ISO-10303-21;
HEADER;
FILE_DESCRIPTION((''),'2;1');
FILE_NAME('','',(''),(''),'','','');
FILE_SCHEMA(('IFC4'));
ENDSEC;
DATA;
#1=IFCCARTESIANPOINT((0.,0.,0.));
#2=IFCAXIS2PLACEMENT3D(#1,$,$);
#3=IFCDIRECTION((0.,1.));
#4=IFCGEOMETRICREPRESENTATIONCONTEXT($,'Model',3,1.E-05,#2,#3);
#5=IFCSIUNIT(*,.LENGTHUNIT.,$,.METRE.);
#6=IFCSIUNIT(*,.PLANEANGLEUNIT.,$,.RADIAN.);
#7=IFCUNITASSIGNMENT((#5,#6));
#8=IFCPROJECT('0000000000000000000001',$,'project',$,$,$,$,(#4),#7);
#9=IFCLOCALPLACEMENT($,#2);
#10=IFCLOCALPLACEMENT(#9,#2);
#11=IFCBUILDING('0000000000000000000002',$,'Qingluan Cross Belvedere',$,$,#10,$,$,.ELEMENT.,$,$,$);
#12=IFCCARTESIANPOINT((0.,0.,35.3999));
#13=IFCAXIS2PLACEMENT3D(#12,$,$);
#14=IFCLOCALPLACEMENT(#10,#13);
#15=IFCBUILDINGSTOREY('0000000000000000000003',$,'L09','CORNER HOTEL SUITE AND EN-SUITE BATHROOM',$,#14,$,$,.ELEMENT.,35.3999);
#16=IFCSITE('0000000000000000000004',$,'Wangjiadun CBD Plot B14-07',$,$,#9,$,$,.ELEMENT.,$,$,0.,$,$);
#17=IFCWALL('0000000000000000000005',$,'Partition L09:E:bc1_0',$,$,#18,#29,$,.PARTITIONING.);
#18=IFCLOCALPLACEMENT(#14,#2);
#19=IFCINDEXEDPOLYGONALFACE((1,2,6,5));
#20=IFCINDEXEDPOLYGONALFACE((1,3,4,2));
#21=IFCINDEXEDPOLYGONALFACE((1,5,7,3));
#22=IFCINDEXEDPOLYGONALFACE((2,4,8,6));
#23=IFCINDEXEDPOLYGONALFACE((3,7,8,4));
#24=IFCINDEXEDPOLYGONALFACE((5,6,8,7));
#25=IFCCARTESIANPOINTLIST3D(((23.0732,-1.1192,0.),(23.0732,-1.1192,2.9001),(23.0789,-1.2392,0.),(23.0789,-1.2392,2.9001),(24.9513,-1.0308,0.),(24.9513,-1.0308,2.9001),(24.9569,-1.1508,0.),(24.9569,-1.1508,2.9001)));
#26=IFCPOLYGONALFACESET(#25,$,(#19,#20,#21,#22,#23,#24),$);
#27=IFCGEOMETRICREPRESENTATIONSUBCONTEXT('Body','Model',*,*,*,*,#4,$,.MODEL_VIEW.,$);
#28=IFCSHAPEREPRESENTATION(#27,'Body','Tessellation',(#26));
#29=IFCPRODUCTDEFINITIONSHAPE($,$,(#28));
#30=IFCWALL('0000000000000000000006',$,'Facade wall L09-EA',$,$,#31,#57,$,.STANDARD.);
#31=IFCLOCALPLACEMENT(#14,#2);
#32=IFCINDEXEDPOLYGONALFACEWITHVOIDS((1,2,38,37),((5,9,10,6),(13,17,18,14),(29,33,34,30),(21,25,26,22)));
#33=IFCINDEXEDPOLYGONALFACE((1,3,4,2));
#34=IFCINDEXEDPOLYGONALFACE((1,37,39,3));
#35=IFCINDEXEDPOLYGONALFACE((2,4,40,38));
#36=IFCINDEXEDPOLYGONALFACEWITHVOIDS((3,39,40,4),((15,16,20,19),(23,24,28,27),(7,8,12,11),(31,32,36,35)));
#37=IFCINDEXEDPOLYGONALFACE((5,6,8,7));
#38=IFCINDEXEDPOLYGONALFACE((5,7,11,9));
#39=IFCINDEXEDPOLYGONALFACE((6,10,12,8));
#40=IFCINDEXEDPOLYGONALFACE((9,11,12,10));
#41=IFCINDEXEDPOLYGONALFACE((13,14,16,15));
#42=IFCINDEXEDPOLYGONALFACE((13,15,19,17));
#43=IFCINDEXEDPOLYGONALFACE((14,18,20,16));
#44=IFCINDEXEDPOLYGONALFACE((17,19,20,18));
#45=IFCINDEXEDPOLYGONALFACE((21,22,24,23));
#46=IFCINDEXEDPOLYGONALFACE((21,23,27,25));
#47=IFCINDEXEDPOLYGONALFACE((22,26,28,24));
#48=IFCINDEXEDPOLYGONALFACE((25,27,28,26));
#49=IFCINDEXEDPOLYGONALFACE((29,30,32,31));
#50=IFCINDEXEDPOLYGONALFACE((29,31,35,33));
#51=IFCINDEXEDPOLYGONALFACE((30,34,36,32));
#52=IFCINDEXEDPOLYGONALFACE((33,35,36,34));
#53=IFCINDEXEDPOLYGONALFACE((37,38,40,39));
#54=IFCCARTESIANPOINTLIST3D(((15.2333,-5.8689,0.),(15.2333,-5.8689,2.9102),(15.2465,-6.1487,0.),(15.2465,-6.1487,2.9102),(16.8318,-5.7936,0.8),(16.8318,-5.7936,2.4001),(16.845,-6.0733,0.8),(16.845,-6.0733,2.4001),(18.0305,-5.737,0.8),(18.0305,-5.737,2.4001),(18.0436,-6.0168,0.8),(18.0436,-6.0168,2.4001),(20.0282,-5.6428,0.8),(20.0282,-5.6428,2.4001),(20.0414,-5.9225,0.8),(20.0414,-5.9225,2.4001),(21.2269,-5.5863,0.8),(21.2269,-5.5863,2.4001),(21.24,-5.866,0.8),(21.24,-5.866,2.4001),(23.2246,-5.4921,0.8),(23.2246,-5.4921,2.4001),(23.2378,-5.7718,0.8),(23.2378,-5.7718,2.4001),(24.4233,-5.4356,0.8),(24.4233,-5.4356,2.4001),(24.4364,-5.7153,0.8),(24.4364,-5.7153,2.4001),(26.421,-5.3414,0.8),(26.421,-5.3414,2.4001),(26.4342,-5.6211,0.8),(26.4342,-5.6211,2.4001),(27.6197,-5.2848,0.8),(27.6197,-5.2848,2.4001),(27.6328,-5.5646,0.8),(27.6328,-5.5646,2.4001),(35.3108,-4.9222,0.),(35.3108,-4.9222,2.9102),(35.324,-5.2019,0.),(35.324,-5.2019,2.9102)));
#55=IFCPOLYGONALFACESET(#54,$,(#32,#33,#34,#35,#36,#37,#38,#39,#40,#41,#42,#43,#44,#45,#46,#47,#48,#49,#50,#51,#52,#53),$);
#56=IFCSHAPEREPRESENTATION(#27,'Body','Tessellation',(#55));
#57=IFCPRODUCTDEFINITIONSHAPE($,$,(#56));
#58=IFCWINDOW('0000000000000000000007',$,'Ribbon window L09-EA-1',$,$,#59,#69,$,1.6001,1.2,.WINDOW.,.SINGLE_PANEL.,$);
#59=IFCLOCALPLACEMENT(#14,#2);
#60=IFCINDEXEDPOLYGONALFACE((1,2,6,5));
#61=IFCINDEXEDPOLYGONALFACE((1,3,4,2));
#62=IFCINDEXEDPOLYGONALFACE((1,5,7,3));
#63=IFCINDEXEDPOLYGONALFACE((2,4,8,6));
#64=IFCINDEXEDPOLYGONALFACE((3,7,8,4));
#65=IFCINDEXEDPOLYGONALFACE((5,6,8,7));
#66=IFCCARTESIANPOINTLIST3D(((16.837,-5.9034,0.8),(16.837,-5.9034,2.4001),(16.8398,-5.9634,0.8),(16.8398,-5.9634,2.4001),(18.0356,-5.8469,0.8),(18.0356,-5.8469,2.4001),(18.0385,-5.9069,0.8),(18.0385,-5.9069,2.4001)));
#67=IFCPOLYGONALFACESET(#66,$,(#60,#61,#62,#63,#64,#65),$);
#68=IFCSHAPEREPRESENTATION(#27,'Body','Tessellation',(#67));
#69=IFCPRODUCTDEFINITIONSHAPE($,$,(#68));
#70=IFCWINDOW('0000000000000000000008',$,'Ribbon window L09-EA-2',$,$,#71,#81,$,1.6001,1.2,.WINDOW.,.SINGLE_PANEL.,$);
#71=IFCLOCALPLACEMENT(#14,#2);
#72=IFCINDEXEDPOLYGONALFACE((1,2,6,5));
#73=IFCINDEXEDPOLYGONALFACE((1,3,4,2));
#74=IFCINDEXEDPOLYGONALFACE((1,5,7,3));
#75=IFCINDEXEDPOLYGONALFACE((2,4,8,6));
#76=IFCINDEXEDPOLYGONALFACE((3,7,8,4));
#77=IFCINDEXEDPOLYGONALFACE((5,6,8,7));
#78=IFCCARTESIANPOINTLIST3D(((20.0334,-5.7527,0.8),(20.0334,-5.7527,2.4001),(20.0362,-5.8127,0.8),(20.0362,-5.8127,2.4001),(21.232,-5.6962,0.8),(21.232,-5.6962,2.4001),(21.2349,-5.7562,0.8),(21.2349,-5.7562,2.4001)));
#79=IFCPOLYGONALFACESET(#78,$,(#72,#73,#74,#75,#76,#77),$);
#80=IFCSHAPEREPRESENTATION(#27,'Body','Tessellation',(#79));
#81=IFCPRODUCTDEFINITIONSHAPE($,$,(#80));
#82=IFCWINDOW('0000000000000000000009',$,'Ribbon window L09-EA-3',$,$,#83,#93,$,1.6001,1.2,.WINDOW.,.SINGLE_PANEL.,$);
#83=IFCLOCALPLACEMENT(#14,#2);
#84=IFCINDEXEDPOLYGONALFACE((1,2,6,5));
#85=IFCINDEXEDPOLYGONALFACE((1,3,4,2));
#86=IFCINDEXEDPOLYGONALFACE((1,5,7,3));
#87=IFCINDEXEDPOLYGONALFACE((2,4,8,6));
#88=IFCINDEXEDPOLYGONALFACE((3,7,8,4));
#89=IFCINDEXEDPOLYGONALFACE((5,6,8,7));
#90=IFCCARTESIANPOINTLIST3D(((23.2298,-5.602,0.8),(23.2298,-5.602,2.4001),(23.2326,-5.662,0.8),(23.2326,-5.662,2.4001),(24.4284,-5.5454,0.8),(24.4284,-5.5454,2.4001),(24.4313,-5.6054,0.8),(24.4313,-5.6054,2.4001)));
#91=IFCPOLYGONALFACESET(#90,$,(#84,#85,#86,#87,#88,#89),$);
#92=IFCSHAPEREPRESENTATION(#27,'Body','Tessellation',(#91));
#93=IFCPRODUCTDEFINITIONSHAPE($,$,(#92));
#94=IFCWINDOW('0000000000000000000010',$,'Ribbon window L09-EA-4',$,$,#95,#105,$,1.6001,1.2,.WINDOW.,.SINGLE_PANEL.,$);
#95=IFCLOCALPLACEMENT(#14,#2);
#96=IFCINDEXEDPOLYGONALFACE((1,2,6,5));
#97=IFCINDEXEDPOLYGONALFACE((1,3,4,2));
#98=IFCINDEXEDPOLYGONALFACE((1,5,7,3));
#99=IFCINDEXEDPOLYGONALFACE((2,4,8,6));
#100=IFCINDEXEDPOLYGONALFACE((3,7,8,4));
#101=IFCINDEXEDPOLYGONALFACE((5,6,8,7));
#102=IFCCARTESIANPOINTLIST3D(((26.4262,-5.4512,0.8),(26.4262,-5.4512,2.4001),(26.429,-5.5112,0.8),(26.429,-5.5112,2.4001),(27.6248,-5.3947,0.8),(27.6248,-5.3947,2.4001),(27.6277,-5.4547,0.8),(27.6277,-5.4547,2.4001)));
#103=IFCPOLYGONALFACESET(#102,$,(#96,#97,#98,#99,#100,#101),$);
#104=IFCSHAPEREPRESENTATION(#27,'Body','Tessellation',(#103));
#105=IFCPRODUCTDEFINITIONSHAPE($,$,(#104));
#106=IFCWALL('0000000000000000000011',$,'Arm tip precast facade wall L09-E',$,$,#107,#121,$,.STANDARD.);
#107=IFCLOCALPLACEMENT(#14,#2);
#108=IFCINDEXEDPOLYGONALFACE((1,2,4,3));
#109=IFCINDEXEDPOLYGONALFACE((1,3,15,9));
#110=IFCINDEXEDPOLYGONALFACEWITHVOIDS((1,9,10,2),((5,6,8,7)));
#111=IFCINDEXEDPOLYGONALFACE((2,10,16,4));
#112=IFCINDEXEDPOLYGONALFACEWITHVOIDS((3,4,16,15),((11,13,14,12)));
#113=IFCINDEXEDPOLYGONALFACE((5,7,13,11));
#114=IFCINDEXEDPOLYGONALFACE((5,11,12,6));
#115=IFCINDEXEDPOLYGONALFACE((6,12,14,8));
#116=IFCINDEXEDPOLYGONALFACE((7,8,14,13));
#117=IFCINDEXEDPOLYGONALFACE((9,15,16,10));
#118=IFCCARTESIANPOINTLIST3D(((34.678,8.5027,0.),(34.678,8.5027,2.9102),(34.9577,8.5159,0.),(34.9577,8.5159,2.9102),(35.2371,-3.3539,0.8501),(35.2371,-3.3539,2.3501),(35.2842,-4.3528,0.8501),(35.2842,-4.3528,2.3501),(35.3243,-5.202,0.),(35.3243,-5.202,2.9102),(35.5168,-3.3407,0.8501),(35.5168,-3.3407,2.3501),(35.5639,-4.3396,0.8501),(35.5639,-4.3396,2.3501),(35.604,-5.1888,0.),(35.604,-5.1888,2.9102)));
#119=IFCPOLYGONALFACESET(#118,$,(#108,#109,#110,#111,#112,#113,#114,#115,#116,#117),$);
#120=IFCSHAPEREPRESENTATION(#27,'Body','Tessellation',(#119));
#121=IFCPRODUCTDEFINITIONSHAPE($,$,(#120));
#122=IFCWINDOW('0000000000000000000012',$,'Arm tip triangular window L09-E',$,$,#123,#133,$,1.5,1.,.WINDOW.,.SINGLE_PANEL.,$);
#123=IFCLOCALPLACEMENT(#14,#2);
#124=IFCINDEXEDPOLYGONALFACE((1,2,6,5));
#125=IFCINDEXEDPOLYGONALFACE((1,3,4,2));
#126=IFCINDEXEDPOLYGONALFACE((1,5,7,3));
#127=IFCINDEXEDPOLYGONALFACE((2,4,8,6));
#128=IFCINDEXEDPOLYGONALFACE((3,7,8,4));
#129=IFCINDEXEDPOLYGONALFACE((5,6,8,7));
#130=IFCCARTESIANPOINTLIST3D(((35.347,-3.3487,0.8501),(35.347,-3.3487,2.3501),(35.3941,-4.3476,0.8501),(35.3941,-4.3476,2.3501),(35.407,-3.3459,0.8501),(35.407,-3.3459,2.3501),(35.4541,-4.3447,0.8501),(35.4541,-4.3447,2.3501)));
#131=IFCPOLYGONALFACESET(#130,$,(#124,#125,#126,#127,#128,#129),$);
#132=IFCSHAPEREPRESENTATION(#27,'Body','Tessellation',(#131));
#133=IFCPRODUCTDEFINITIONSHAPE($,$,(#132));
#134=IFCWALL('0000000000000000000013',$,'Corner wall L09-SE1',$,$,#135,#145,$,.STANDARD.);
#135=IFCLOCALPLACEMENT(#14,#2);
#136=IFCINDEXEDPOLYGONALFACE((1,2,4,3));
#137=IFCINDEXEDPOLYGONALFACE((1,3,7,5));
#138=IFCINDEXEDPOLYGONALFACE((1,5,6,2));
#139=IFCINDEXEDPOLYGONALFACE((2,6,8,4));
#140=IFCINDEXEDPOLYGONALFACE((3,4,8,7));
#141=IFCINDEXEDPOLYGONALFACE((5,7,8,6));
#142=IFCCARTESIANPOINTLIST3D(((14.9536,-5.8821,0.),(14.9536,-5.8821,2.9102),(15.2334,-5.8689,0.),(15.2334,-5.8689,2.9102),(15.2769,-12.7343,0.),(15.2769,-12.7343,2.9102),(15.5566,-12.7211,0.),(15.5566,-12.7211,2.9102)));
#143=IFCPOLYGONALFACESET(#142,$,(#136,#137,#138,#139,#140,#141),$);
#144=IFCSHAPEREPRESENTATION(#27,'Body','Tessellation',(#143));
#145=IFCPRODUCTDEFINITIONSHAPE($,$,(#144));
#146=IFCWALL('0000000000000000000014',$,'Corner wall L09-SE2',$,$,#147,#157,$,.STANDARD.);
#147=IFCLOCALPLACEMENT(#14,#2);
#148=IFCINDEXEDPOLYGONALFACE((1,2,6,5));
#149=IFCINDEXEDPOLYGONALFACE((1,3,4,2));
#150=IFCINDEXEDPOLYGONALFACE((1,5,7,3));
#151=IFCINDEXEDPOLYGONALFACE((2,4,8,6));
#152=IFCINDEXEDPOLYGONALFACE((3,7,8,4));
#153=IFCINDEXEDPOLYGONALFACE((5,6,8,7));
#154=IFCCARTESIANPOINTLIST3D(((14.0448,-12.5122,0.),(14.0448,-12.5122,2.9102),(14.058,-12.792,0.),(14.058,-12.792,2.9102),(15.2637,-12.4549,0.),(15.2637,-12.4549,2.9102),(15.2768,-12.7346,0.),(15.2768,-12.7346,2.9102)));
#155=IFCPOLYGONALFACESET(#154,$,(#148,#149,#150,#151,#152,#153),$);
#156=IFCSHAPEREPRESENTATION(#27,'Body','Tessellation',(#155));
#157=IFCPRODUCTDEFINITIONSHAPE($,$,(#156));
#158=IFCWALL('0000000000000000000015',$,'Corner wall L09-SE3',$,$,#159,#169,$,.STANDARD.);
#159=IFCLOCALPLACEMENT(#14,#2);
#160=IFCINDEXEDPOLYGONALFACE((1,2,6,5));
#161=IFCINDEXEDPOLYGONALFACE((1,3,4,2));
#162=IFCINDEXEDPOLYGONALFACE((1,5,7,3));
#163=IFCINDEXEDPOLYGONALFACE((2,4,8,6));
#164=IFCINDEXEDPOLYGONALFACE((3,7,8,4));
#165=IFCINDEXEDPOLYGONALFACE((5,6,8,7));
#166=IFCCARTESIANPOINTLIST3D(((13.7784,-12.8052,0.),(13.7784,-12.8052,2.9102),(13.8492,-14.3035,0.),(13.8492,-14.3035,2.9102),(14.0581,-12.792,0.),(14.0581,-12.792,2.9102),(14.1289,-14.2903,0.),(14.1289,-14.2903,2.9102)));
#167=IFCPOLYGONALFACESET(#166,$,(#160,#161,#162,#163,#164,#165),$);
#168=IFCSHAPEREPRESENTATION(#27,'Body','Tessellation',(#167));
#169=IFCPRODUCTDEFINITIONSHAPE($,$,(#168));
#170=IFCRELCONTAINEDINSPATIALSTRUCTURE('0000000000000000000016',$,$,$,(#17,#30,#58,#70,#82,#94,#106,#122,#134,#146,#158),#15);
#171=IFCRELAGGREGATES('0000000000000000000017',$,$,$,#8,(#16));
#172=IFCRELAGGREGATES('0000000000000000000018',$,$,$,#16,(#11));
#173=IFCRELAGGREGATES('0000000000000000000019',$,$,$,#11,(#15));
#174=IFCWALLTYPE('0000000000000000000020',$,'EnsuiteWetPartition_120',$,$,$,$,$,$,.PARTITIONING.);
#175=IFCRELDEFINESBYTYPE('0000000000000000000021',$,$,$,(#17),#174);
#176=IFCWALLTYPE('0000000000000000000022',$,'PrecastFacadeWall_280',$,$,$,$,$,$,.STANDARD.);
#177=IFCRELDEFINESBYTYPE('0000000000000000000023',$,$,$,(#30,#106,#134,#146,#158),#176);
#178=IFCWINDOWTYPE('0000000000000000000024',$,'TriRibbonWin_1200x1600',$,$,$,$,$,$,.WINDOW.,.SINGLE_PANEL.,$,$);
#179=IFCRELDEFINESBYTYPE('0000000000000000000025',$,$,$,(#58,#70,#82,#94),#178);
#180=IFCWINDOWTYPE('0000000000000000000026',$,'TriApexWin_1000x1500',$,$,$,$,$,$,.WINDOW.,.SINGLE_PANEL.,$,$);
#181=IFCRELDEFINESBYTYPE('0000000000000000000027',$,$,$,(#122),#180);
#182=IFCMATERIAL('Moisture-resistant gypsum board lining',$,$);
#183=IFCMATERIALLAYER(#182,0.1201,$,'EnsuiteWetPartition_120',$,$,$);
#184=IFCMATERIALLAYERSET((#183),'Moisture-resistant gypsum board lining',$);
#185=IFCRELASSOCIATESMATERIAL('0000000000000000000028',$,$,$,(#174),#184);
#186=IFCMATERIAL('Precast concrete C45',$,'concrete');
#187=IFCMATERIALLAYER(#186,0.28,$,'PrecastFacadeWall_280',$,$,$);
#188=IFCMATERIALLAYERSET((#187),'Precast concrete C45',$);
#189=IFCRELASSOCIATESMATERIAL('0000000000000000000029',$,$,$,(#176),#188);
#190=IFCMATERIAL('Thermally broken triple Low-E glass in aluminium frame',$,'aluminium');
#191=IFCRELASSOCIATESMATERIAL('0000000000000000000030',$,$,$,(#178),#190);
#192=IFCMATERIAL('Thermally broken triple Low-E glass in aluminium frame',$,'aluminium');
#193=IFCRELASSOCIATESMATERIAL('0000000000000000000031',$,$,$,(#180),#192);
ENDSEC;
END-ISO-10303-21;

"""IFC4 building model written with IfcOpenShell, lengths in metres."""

from ifc_helpers import new_model, si_unit, direction, frame, frame_2d, origin, place, context, subcontext, project, spatial, rectangle, extrude, material, layer, layer_set, type_object, element, fill, save


model = new_model("IFC4")

# Units and contexts
model_context = context("Model", 3, precision=1e-05, world=origin(), true_north=direction((0.0, 1.0)))
body_context = subcontext(model_context, "Body", "Model", "MODEL_VIEW")
ifc_project = project(units=[si_unit("LENGTHUNIT", "METRE"), si_unit("PLANEANGLEUNIT", "RADIAN")], contexts=[model_context])

# Site, building, storey
site_placement = place(None, origin())
site = spatial("IfcSite", under=ifc_project, at=site_placement, Name="Wangjiadun CBD Plot B14-07", CompositionType="ELEMENT", RefElevation=0.0)
building_placement = place(site_placement, origin())
building = spatial("IfcBuilding", under=site, at=building_placement, Name="Qingluan Cross Belvedere", CompositionType="ELEMENT")
storey_placement = place(building_placement, frame((0.0, 0.0, 35.3999)))
storey = spatial("IfcBuildingStorey", under=building, at=storey_placement, Name="L09", Description="CORNER HOTEL SUITE AND EN-SUITE BATHROOM", CompositionType="ELEMENT", Elevation=35.3999)

# Shared definitions
ifc_material_1 = material(Name="Moisture-resistant gypsum board lining")
ifc_layer_1 = layer(ifc_material_1, 0.1201, Name="EnsuiteWetPartition_120")
ifc_layer_set_1 = layer_set([ifc_layer_1], Name="Moisture-resistant gypsum board lining")
wall_type_1 = type_object("IfcWallType", Name="EnsuiteWetPartition_120", PredefinedType="PARTITIONING", material=ifc_layer_set_1)

# Wall
wall_1_placement = place(storey_placement, frame((23.0762, -1.1792, 0.0), z_axis=(0.0, 0.0, 1.0), x_axis=(0.998894, 0.04701, 0.0)))
element("IfcWall", 1, at=wall_1_placement, inside=storey, type_object=wall_type_1, Name="Partition L09:E:bc1_0", PredefinedType="PARTITIONING", context=body_context, shape_type="SweptSolid", body=[
    extrude(rectangle(XDim=1.8801, YDim=0.1201, at=frame_2d((0.9399, 0.0))), origin(), (0.0, 0.0, 1.0), 2.9001),
])

# Wall, openings, windows
ifc_material_2 = material(Name="Precast concrete C45", Category="concrete")
ifc_layer_2 = layer(ifc_material_2, 0.28, Name="PrecastFacadeWall_280")
ifc_layer_set_2 = layer_set([ifc_layer_2], Name="Precast concrete C45")
wall_type_2 = type_object("IfcWallType", Name="PrecastFacadeWall_280", PredefinedType="STANDARD", material=ifc_layer_set_2)
wall_2_placement = place(storey_placement, frame((15.24, -6.0088, 0.0), z_axis=(0.0, 0.0, 1.0), x_axis=(0.99889, 0.047103, 0.0)))
wall_2 = element("IfcWall", 2, at=wall_2_placement, inside=storey, type_object=wall_type_2, Name="Facade wall L09-EA", PredefinedType="STANDARD", context=body_context, shape_type="SweptSolid", body=[
    extrude(rectangle(XDim=20.0999, YDim=0.28, at=frame_2d((10.0498, 0.0))), origin(), (0.0, 0.0, 1.0), 2.9102),
])
opening_1_placement = place(wall_2_placement, frame((1.6001, 0.0, 0.8)))
opening_1 = element("IfcOpeningElement", 3, at=opening_1_placement, cuts=wall_2, PredefinedType="OPENING", context=body_context, shape_type="SweptSolid", body=[
    extrude(rectangle(XDim=1.2, YDim=1.6001, at=frame_2d((0.6001, 0.8))), frame((0.0, 0.1499, 0.0), z_axis=(0.0, -1.0, 0.0), x_axis=(1.0, 0.0, 0.0)), (0.0, 0.0, 1.0), 0.3),
])
opening_2_placement = place(wall_2_placement, frame((4.8, 0.0, 0.8)))
opening_2 = element("IfcOpeningElement", 4, at=opening_2_placement, cuts=wall_2, PredefinedType="OPENING", context=body_context, shape_type="SweptSolid", body=[
    extrude(rectangle(XDim=1.2, YDim=1.6001, at=frame_2d((0.6001, 0.8))), frame((0.0, 0.1499, 0.0), z_axis=(0.0, -1.0, 0.0), x_axis=(1.0, 0.0, 0.0)), (0.0, 0.0, 1.0), 0.3),
])
opening_3_placement = place(wall_2_placement, frame((8.0, 0.0, 0.8)))
opening_3 = element("IfcOpeningElement", 5, at=opening_3_placement, cuts=wall_2, PredefinedType="OPENING", context=body_context, shape_type="SweptSolid", body=[
    extrude(rectangle(XDim=1.2, YDim=1.6001, at=frame_2d((0.6001, 0.8))), frame((0.0, 0.1499, 0.0), z_axis=(0.0, -1.0, 0.0), x_axis=(1.0, 0.0, 0.0)), (0.0, 0.0, 1.0), 0.3),
])
opening_4_placement = place(wall_2_placement, frame((11.2, 0.0, 0.8)))
opening_4 = element("IfcOpeningElement", 6, at=opening_4_placement, cuts=wall_2, PredefinedType="OPENING", context=body_context, shape_type="SweptSolid", body=[
    extrude(rectangle(XDim=1.2, YDim=1.6001, at=frame_2d((0.6001, 0.8))), frame((0.0, 0.1499, 0.0), z_axis=(0.0, -1.0, 0.0), x_axis=(1.0, 0.0, 0.0)), (0.0, 0.0, 1.0), 0.3),
])
ifc_material_3 = material(Name="Thermally broken triple Low-E glass in aluminium frame", Category="aluminium")
window_type_1 = type_object("IfcWindowType", Name="TriRibbonWin_1200x1600", PartitioningType="SINGLE_PANEL", PredefinedType="WINDOW", material=ifc_material_3)
window_1_placement = place(opening_1_placement, origin())
window_1 = element("IfcWindow", 7, at=window_1_placement, inside=storey, type_object=window_type_1, Name="Ribbon window L09-EA-1", OverallHeight=1.6001, OverallWidth=1.2, PartitioningType="SINGLE_PANEL", PredefinedType="WINDOW", context=body_context, shape_type="SweptSolid", body=[
    extrude(rectangle(XDim=1.2, YDim=1.6001, at=frame_2d((0.6001, 0.8))), frame((0.0, 0.03, 0.0), z_axis=(0.0, -1.0, 0.0), x_axis=(1.0, 0.0, 0.0)), (0.0, 0.0, 1.0), 0.0601),
])
fill(opening_1, window_1)
window_2_placement = place(opening_2_placement, origin())
window_2 = element("IfcWindow", 8, at=window_2_placement, inside=storey, type_object=window_type_1, Name="Ribbon window L09-EA-2", OverallHeight=1.6001, OverallWidth=1.2, PartitioningType="SINGLE_PANEL", PredefinedType="WINDOW", context=body_context, shape_type="SweptSolid", body=[
    extrude(rectangle(XDim=1.2, YDim=1.6001, at=frame_2d((0.6001, 0.8))), frame((0.0, 0.03, 0.0), z_axis=(0.0, -1.0, 0.0), x_axis=(1.0, 0.0, 0.0)), (0.0, 0.0, 1.0), 0.0601),
])
fill(opening_2, window_2)
window_3_placement = place(opening_3_placement, origin())
window_3 = element("IfcWindow", 9, at=window_3_placement, inside=storey, type_object=window_type_1, Name="Ribbon window L09-EA-3", OverallHeight=1.6001, OverallWidth=1.2, PartitioningType="SINGLE_PANEL", PredefinedType="WINDOW", context=body_context, shape_type="SweptSolid", body=[
    extrude(rectangle(XDim=1.2, YDim=1.6001, at=frame_2d((0.6001, 0.8))), frame((0.0, 0.03, 0.0), z_axis=(0.0, -1.0, 0.0), x_axis=(1.0, 0.0, 0.0)), (0.0, 0.0, 1.0), 0.0601),
])
fill(opening_3, window_3)
window_4_placement = place(opening_4_placement, origin())
window_4 = element("IfcWindow", 10, at=window_4_placement, inside=storey, type_object=window_type_1, Name="Ribbon window L09-EA-4", OverallHeight=1.6001, OverallWidth=1.2, PartitioningType="SINGLE_PANEL", PredefinedType="WINDOW", context=body_context, shape_type="SweptSolid", body=[
    extrude(rectangle(XDim=1.2, YDim=1.6001, at=frame_2d((0.6001, 0.8))), frame((0.0, 0.03, 0.0), z_axis=(0.0, -1.0, 0.0), x_axis=(1.0, 0.0, 0.0)), (0.0, 0.0, 1.0), 0.0601),
])
fill(opening_4, window_4)

# Wall, opening, window
wall_3_placement = place(storey_placement, frame((35.4641, -5.1953, 0.0), z_axis=(0.0, 0.0, 1.0), x_axis=(-0.047102, 0.99889, 0.0)))
wall_3 = element("IfcWall", 11, at=wall_3_placement, inside=storey, type_object=wall_type_2, Name="Arm tip precast facade wall L09-E", PredefinedType="STANDARD", context=body_context, shape_type="SweptSolid", body=[
    extrude(rectangle(XDim=13.72, YDim=0.28, at=frame_2d((6.8599, 0.0))), origin(), (0.0, 0.0, 1.0), 2.9102),
])
opening_5_placement = place(wall_3_placement, frame((0.8501, 0.0, 0.8501)))
opening_5 = element("IfcOpeningElement", 12, at=opening_5_placement, cuts=wall_3, PredefinedType="OPENING", context=body_context, shape_type="SweptSolid", body=[
    extrude(rectangle(XDim=1.0, YDim=1.5, at=frame_2d((0.5, 0.75))), frame((0.0, 0.1499, 0.0), z_axis=(0.0, -1.0, 0.0), x_axis=(1.0, 0.0, 0.0)), (0.0, 0.0, 1.0), 0.3),
])
ifc_material_4 = material(Name="Thermally broken triple Low-E glass in aluminium frame", Category="aluminium")
window_type_2 = type_object("IfcWindowType", Name="TriApexWin_1000x1500", PartitioningType="SINGLE_PANEL", PredefinedType="WINDOW", material=ifc_material_4)
window_5_placement = place(opening_5_placement, origin())
window_5 = element("IfcWindow", 13, at=window_5_placement, inside=storey, type_object=window_type_2, Name="Arm tip triangular window L09-E", OverallHeight=1.5, OverallWidth=1.0, PartitioningType="SINGLE_PANEL", PredefinedType="WINDOW", context=body_context, shape_type="SweptSolid", body=[
    extrude(rectangle(XDim=1.0, YDim=1.5, at=frame_2d((0.5, 0.75))), frame((0.0, 0.03, 0.0), z_axis=(0.0, -1.0, 0.0), x_axis=(1.0, 0.0, 0.0)), (0.0, 0.0, 1.0), 0.0601),
])
fill(opening_5, window_5)

# Walls
wall_4_placement = place(storey_placement, frame((15.0935, -5.8755, 0.0), z_axis=(0.0, 0.0, 1.0), x_axis=(0.04712, -0.998889, 0.0)))
element("IfcWall", 14, at=wall_4_placement, inside=storey, type_object=wall_type_2, Name="Corner wall L09-SE1", PredefinedType="STANDARD", context=body_context, shape_type="SweptSolid", body=[
    extrude(rectangle(XDim=6.8599, YDim=0.28, at=frame_2d((3.4299, 0.0))), origin(), (0.0, 0.0, 1.0), 2.9102),
])
wall_5_placement = place(storey_placement, frame((15.2703, -12.5947, 0.0), z_axis=(0.0, 0.0, 1.0), x_axis=(-0.998894, -0.047023, 0.0)))
element("IfcWall", 15, at=wall_5_placement, inside=storey, type_object=wall_type_2, Name="Corner wall L09-SE2", PredefinedType="STANDARD", context=body_context, shape_type="SweptSolid", body=[
    extrude(rectangle(XDim=1.2202, YDim=0.28, at=frame_2d((0.6101, 0.0))), origin(), (0.0, 0.0, 1.0), 2.9102),
])
wall_6_placement = place(storey_placement, frame((13.9182, -12.7986, 0.0), z_axis=(0.0, 0.0, 1.0), x_axis=(0.047202, -0.998885, 0.0)))
element("IfcWall", 16, at=wall_6_placement, inside=storey, type_object=wall_type_2, Name="Corner wall L09-SE3", PredefinedType="STANDARD", context=body_context, shape_type="SweptSolid", body=[
    extrude(rectangle(XDim=1.5, YDim=0.28, at=frame_2d((0.75, 0.0))), origin(), (0.0, 0.0, 1.0), 2.9102),
])

save(model, "model.ifc")
